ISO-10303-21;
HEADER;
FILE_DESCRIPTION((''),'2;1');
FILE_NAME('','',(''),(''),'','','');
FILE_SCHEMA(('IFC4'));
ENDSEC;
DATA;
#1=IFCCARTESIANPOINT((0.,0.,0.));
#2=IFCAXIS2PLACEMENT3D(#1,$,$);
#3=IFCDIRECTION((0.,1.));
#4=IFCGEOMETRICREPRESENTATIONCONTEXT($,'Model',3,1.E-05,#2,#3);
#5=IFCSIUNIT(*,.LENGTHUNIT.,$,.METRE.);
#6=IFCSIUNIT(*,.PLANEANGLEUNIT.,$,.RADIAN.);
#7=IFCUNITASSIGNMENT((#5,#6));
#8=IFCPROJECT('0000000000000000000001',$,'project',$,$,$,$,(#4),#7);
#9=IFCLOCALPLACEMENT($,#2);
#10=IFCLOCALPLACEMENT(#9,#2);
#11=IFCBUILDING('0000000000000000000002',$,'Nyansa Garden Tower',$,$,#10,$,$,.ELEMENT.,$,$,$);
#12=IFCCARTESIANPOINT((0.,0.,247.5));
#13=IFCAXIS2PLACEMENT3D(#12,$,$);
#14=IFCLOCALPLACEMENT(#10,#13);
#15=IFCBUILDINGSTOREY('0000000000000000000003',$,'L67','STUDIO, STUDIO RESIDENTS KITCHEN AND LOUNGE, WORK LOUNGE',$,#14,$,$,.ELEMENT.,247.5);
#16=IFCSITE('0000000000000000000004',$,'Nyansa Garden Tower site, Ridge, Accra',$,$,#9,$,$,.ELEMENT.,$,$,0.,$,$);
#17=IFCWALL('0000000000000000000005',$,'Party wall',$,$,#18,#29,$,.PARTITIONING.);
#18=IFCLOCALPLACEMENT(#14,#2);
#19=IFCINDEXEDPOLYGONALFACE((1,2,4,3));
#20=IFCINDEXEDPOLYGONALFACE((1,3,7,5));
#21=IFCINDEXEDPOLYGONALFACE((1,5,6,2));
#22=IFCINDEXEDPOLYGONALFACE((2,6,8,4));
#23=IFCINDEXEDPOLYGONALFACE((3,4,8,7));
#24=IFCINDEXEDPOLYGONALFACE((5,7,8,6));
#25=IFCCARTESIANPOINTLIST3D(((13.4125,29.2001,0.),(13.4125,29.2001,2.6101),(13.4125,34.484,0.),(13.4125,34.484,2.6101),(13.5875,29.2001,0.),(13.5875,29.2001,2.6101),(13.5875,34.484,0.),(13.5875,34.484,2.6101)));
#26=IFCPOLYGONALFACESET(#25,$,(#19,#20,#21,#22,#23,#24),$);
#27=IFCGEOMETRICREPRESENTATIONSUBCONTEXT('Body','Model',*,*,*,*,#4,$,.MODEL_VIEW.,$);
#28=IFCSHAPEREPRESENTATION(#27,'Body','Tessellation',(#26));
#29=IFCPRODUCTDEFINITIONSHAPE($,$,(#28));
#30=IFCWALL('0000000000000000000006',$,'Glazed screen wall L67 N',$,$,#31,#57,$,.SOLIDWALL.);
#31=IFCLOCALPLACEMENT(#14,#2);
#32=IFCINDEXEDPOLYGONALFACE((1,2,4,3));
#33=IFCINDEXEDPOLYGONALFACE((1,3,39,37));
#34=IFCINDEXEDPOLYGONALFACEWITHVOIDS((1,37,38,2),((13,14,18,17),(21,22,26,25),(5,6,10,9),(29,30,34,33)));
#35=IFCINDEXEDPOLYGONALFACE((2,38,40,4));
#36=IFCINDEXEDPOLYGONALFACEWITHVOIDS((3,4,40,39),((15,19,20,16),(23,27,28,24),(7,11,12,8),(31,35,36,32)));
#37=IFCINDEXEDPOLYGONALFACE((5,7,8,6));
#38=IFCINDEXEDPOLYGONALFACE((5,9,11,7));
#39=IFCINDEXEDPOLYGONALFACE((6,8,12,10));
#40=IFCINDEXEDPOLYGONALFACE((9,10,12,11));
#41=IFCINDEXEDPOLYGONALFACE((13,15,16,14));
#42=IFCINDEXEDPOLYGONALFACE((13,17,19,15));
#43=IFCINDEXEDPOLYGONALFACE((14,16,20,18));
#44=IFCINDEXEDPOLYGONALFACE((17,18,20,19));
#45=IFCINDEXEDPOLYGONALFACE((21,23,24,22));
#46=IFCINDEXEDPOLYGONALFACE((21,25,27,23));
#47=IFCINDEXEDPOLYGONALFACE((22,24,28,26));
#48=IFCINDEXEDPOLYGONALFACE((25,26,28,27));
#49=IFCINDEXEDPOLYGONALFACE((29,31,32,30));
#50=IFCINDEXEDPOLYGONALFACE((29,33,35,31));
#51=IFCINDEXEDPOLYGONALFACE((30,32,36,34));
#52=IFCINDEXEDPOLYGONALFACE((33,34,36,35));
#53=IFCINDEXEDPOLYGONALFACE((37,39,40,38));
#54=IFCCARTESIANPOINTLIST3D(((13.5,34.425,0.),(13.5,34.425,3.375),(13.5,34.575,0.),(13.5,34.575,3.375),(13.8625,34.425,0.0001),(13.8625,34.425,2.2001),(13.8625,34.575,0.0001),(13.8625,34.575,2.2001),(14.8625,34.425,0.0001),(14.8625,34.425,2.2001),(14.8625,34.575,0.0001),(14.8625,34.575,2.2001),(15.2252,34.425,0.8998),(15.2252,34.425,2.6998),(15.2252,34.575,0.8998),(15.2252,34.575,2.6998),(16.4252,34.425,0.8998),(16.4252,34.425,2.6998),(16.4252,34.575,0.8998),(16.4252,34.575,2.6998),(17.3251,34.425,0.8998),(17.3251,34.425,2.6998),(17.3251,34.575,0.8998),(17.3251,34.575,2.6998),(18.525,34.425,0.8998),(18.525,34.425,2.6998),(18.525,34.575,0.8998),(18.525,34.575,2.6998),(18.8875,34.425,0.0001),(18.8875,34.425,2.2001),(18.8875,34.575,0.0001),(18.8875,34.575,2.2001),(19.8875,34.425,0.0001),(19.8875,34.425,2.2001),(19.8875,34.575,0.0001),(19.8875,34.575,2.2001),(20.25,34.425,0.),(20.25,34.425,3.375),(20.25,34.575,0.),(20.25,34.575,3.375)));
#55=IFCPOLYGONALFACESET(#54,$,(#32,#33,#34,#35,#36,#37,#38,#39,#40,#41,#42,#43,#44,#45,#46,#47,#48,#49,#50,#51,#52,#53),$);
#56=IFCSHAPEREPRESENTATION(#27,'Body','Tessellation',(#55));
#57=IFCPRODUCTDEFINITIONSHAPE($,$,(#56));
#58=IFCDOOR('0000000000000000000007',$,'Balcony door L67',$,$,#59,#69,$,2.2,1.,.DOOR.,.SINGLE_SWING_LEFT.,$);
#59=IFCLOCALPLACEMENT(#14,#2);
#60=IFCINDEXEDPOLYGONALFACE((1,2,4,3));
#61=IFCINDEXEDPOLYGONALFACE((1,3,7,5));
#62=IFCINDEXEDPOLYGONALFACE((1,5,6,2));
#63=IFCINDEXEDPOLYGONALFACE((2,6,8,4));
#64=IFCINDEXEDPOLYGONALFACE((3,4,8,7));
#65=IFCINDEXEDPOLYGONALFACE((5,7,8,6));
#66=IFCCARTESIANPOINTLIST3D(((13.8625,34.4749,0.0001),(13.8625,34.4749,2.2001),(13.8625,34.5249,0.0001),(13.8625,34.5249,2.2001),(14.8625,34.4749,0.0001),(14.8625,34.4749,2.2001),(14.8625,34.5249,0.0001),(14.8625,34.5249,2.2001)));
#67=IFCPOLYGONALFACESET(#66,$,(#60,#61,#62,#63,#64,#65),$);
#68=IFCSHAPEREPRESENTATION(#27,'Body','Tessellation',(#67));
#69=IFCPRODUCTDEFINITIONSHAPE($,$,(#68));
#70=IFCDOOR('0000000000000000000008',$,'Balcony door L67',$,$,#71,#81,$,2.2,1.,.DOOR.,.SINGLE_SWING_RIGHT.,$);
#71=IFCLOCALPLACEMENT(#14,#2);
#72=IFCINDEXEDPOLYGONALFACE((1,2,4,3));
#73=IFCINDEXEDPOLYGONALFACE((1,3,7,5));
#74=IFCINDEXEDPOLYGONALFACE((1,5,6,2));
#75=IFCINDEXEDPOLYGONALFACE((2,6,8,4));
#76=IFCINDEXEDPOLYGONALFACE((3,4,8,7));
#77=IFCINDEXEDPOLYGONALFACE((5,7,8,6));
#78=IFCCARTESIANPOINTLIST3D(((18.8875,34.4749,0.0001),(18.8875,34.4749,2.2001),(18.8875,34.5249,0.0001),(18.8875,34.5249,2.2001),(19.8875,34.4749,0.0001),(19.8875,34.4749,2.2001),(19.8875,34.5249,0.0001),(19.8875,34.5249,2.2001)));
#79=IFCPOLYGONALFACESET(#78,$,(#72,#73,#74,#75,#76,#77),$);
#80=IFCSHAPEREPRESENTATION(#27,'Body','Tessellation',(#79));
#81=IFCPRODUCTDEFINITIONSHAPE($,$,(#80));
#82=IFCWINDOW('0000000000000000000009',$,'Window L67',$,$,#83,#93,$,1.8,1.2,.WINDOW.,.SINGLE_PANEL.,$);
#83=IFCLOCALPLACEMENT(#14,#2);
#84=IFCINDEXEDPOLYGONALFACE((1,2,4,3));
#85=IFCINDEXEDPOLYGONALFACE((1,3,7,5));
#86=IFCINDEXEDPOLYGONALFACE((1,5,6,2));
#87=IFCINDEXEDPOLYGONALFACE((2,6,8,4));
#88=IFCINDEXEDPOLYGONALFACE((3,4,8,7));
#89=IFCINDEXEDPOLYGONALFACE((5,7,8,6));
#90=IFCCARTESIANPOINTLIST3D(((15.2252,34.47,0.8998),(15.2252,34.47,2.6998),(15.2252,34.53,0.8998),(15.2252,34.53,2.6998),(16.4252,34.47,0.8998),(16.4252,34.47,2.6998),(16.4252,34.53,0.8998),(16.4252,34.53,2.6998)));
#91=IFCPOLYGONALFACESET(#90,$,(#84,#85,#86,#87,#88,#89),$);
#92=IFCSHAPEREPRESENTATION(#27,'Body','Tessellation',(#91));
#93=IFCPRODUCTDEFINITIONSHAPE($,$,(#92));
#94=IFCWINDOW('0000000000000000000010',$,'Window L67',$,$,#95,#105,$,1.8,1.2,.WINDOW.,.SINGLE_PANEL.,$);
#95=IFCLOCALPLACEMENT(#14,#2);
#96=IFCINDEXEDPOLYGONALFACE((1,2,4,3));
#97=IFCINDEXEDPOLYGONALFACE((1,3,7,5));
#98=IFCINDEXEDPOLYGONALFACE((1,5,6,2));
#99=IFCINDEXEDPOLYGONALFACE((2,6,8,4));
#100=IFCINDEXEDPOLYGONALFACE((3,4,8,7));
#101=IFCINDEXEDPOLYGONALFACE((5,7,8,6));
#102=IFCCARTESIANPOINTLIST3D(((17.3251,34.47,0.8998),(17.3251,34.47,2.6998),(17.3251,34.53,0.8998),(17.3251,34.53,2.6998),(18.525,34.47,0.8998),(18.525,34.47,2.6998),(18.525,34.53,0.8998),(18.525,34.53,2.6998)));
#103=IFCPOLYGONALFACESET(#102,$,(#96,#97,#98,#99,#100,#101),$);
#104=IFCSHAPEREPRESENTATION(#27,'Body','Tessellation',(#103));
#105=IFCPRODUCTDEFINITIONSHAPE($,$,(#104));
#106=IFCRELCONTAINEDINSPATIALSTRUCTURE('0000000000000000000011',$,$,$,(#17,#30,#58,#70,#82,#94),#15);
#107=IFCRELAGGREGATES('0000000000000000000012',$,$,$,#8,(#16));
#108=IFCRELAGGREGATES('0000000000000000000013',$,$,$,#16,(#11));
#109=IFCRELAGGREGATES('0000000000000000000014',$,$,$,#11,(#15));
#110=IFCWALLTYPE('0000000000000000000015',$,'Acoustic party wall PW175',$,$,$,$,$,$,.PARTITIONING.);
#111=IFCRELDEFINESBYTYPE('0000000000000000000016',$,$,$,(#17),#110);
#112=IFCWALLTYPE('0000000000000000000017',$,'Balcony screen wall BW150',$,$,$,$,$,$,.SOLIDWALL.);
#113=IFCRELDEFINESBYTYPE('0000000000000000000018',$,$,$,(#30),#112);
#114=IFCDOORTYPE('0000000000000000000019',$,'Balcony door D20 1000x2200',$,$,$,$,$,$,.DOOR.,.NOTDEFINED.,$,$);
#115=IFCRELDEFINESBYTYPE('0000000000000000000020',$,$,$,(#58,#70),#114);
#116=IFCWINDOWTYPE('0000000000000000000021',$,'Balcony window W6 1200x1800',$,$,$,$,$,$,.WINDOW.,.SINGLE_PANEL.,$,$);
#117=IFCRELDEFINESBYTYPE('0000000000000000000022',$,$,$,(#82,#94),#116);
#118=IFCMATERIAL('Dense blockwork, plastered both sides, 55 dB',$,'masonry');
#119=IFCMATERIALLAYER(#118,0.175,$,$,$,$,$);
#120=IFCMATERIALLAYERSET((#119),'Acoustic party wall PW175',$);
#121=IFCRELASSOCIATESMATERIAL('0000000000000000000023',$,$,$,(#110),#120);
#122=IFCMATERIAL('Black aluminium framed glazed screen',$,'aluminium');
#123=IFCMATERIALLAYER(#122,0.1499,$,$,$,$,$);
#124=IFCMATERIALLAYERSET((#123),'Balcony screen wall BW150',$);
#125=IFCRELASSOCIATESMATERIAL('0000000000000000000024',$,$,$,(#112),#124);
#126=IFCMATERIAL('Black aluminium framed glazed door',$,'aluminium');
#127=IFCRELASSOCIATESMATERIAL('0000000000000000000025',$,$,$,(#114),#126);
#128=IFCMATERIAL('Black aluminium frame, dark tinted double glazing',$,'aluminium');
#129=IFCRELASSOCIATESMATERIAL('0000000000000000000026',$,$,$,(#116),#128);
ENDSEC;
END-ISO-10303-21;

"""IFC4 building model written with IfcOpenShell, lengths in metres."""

from ifc_helpers import new_model, si_unit, direction, frame, frame_2d, origin, place, context, subcontext, project, spatial, rectangle, extrude, material, layer, layer_set, type_object, element, fill, save


model = new_model("IFC4")

# Units and contexts
model_context = context("Model", 3, precision=1e-05, world=origin(), true_north=direction((0.0, 1.0)))
body_context = subcontext(model_context, "Body", "Model", "MODEL_VIEW")
ifc_project = project(units=[si_unit("LENGTHUNIT", "METRE"), si_unit("PLANEANGLEUNIT", "RADIAN")], contexts=[model_context])

# Site, building, storey
site_placement = place(None, origin())
site = spatial("IfcSite", under=ifc_project, at=site_placement, Name="Nyansa Garden Tower site, Ridge, Accra", CompositionType="ELEMENT", RefElevation=0.0)
building_placement = place(site_placement, origin())
building = spatial("IfcBuilding", under=site, at=building_placement, Name="Nyansa Garden Tower", CompositionType="ELEMENT")
storey_placement = place(building_placement, frame((0.0, 0.0, 247.5)))
storey = spatial("IfcBuildingStorey", under=building, at=storey_placement, Name="L67", Description="STUDIO, STUDIO RESIDENTS KITCHEN AND LOUNGE, WORK LOUNGE", CompositionType="ELEMENT", Elevation=247.5)

# Wall
ifc_material_1 = material(Name="Dense blockwork, plastered both sides, 55 dB", Category="masonry")
ifc_layer_1 = layer(ifc_material_1, 0.175)
ifc_layer_set_1 = layer_set([ifc_layer_1], Name="Acoustic party wall PW175")
wall_type_1 = type_object("IfcWallType", Name="Acoustic party wall PW175", PredefinedType="PARTITIONING", material=ifc_layer_set_1)
wall_1_placement = place(storey_placement, frame((13.5, 29.2, 0.0), z_axis=(0.0, 0.0, 1.0), x_axis=(0.0, 1.0, 0.0)))
element("IfcWall", 1, at=wall_1_placement, inside=storey, type_object=wall_type_1, Name="Party wall", PredefinedType="PARTITIONING", context=body_context, shape_type="SweptSolid", body=[
    extrude(rectangle(XDim=5.2839, YDim=0.175, at=frame_2d((2.6421, 0.0))), origin(), (0.0, 0.0, 1.0), 2.6101),
])

# Wall, openings, doors, windows
ifc_material_2 = material(Name="Black aluminium framed glazed screen", Category="aluminium")
ifc_layer_2 = layer(ifc_material_2, 0.1499)
ifc_layer_set_2 = layer_set([ifc_layer_2], Name="Balcony screen wall BW150")
wall_type_2 = type_object("IfcWallType", Name="Balcony screen wall BW150", PredefinedType="SOLIDWALL", material=ifc_layer_set_2)
wall_2_placement = place(storey_placement, frame((13.5, 34.5, 0.0), z_axis=(0.0, 0.0, 1.0), x_axis=(1.0, 0.0, 0.0)))
wall_2 = element("IfcWall", 2, at=wall_2_placement, inside=storey, type_object=wall_type_2, Name="Glazed screen wall L67 N", PredefinedType="SOLIDWALL", context=body_context, shape_type="SweptSolid", body=[
    extrude(rectangle(XDim=6.75, YDim=0.1499, at=frame_2d((3.375, 0.0))), origin(), (0.0, 0.0, 1.0), 3.375),
])
opening_1_placement = place(wall_2_placement, frame((0.3625, 0.0, 0.0)))
opening_1 = element("IfcOpeningElement", 3, at=opening_1_placement, cuts=wall_2, PredefinedType="OPENING", context=body_context, shape_type="SweptSolid", body=[
    extrude(rectangle(XDim=1.0, YDim=2.2, at=frame_2d((0.5, 1.1001))), frame((0.0, 0.085, 0.0), z_axis=(0.0, -1.0, 0.0), x_axis=(1.0, 0.0, 0.0)), (0.0, 0.0, 1.0), 0.1699),
])
opening_2_placement = place(wall_2_placement, frame((1.7251, 0.0, 0.8999)))
opening_2 = element("IfcOpeningElement", 4, at=opening_2_placement, cuts=wall_2, PredefinedType="OPENING", context=body_context, shape_type="SweptSolid", body=[
    extrude(rectangle(XDim=1.2, YDim=1.8, at=frame_2d((0.6001, 0.8999))), frame((0.0, 0.085, 0.0), z_axis=(0.0, -1.0, 0.0), x_axis=(1.0, 0.0, 0.0)), (0.0, 0.0, 1.0), 0.1699),
])
opening_3_placement = place(wall_2_placement, frame((5.3875, 0.0, 0.0)))
opening_3 = element("IfcOpeningElement", 5, at=opening_3_placement, cuts=wall_2, PredefinedType="OPENING", context=body_context, shape_type="SweptSolid", body=[
    extrude(rectangle(XDim=1.0, YDim=2.2, at=frame_2d((0.5, 1.1001))), frame((0.0, 0.085, 0.0), z_axis=(0.0, -1.0, 0.0), x_axis=(1.0, 0.0, 0.0)), (0.0, 0.0, 1.0), 0.1699),
])
opening_4_placement = place(wall_2_placement, frame((3.825, 0.0, 0.8999)))
opening_4 = element("IfcOpeningElement", 6, at=opening_4_placement, cuts=wall_2, PredefinedType="OPENING", context=body_context, shape_type="SweptSolid", body=[
    extrude(rectangle(XDim=1.2, YDim=1.8, at=frame_2d((0.6001, 0.8999))), frame((0.0, 0.085, 0.0), z_axis=(0.0, -1.0, 0.0), x_axis=(1.0, 0.0, 0.0)), (0.0, 0.0, 1.0), 0.1699),
])
ifc_material_3 = material(Name="Black aluminium framed glazed door", Category="aluminium")
door_type_1 = type_object("IfcDoorType", Name="Balcony door D20 1000x2200", OperationType="NOTDEFINED", PredefinedType="DOOR", material=ifc_material_3)
door_1_placement = place(opening_1_placement, origin())
door_1 = element("IfcDoor", 7, at=door_1_placement, inside=storey, type_object=door_type_1, Name="Balcony door L67", OperationType="SINGLE_SWING_LEFT", OverallHeight=2.2, OverallWidth=1.0, PredefinedType="DOOR", context=body_context, shape_type="SweptSolid", body=[
    extrude(rectangle(XDim=1.0, YDim=2.2, at=frame_2d((0.5, 1.1001))), frame((0.0, 0.0249, 0.0), z_axis=(0.0, -1.0, 0.0), x_axis=(1.0, 0.0, 0.0)), (0.0, 0.0, 1.0), 0.05),
])
fill(opening_1, door_1)
door_2_placement = place(opening_3_placement, origin())
door_2 = element("IfcDoor", 8, at=door_2_placement, inside=storey, type_object=door_type_1, Name="Balcony door L67", OperationType="SINGLE_SWING_RIGHT", OverallHeight=2.2, OverallWidth=1.0, PredefinedType="DOOR", context=body_context, shape_type="SweptSolid", body=[
    extrude(rectangle(XDim=1.0, YDim=2.2, at=frame_2d((0.5, 1.1001))), frame((0.0, 0.0249, 0.0), z_axis=(0.0, -1.0, 0.0), x_axis=(1.0, 0.0, 0.0)), (0.0, 0.0, 1.0), 0.05),
])
fill(opening_3, door_2)
ifc_material_4 = material(Name="Black aluminium frame, dark tinted double glazing", Category="aluminium")
window_type = type_object("IfcWindowType", Name="Balcony window W6 1200x1800", PartitioningType="SINGLE_PANEL", PredefinedType="WINDOW", material=ifc_material_4)
window_1_placement = place(opening_2_placement, origin())
window_1 = element("IfcWindow", 9, at=window_1_placement, inside=storey, type_object=window_type, Name="Window L67", OverallHeight=1.8, OverallWidth=1.2, PartitioningType="SINGLE_PANEL", PredefinedType="WINDOW", context=body_context, shape_type="SweptSolid", body=[
    extrude(rectangle(XDim=1.2, YDim=1.8, at=frame_2d((0.6001, 0.8999))), frame((0.0, 0.03, 0.0), z_axis=(0.0, -1.0, 0.0), x_axis=(1.0, 0.0, 0.0)), (0.0, 0.0, 1.0), 0.0601),
])
fill(opening_2, window_1)
window_2_placement = place(opening_4_placement, origin())
window_2 = element("IfcWindow", 10, at=window_2_placement, inside=storey, type_object=window_type, Name="Window L67", OverallHeight=1.8, OverallWidth=1.2, PartitioningType="SINGLE_PANEL", PredefinedType="WINDOW", context=body_context, shape_type="SweptSolid", body=[
    extrude(rectangle(XDim=1.2, YDim=1.8, at=frame_2d((0.6001, 0.8999))), frame((0.0, 0.03, 0.0), z_axis=(0.0, -1.0, 0.0), x_axis=(1.0, 0.0, 0.0)), (0.0, 0.0, 1.0), 0.0601),
])
fill(opening_4, window_2)

save(model, "model.ifc")
